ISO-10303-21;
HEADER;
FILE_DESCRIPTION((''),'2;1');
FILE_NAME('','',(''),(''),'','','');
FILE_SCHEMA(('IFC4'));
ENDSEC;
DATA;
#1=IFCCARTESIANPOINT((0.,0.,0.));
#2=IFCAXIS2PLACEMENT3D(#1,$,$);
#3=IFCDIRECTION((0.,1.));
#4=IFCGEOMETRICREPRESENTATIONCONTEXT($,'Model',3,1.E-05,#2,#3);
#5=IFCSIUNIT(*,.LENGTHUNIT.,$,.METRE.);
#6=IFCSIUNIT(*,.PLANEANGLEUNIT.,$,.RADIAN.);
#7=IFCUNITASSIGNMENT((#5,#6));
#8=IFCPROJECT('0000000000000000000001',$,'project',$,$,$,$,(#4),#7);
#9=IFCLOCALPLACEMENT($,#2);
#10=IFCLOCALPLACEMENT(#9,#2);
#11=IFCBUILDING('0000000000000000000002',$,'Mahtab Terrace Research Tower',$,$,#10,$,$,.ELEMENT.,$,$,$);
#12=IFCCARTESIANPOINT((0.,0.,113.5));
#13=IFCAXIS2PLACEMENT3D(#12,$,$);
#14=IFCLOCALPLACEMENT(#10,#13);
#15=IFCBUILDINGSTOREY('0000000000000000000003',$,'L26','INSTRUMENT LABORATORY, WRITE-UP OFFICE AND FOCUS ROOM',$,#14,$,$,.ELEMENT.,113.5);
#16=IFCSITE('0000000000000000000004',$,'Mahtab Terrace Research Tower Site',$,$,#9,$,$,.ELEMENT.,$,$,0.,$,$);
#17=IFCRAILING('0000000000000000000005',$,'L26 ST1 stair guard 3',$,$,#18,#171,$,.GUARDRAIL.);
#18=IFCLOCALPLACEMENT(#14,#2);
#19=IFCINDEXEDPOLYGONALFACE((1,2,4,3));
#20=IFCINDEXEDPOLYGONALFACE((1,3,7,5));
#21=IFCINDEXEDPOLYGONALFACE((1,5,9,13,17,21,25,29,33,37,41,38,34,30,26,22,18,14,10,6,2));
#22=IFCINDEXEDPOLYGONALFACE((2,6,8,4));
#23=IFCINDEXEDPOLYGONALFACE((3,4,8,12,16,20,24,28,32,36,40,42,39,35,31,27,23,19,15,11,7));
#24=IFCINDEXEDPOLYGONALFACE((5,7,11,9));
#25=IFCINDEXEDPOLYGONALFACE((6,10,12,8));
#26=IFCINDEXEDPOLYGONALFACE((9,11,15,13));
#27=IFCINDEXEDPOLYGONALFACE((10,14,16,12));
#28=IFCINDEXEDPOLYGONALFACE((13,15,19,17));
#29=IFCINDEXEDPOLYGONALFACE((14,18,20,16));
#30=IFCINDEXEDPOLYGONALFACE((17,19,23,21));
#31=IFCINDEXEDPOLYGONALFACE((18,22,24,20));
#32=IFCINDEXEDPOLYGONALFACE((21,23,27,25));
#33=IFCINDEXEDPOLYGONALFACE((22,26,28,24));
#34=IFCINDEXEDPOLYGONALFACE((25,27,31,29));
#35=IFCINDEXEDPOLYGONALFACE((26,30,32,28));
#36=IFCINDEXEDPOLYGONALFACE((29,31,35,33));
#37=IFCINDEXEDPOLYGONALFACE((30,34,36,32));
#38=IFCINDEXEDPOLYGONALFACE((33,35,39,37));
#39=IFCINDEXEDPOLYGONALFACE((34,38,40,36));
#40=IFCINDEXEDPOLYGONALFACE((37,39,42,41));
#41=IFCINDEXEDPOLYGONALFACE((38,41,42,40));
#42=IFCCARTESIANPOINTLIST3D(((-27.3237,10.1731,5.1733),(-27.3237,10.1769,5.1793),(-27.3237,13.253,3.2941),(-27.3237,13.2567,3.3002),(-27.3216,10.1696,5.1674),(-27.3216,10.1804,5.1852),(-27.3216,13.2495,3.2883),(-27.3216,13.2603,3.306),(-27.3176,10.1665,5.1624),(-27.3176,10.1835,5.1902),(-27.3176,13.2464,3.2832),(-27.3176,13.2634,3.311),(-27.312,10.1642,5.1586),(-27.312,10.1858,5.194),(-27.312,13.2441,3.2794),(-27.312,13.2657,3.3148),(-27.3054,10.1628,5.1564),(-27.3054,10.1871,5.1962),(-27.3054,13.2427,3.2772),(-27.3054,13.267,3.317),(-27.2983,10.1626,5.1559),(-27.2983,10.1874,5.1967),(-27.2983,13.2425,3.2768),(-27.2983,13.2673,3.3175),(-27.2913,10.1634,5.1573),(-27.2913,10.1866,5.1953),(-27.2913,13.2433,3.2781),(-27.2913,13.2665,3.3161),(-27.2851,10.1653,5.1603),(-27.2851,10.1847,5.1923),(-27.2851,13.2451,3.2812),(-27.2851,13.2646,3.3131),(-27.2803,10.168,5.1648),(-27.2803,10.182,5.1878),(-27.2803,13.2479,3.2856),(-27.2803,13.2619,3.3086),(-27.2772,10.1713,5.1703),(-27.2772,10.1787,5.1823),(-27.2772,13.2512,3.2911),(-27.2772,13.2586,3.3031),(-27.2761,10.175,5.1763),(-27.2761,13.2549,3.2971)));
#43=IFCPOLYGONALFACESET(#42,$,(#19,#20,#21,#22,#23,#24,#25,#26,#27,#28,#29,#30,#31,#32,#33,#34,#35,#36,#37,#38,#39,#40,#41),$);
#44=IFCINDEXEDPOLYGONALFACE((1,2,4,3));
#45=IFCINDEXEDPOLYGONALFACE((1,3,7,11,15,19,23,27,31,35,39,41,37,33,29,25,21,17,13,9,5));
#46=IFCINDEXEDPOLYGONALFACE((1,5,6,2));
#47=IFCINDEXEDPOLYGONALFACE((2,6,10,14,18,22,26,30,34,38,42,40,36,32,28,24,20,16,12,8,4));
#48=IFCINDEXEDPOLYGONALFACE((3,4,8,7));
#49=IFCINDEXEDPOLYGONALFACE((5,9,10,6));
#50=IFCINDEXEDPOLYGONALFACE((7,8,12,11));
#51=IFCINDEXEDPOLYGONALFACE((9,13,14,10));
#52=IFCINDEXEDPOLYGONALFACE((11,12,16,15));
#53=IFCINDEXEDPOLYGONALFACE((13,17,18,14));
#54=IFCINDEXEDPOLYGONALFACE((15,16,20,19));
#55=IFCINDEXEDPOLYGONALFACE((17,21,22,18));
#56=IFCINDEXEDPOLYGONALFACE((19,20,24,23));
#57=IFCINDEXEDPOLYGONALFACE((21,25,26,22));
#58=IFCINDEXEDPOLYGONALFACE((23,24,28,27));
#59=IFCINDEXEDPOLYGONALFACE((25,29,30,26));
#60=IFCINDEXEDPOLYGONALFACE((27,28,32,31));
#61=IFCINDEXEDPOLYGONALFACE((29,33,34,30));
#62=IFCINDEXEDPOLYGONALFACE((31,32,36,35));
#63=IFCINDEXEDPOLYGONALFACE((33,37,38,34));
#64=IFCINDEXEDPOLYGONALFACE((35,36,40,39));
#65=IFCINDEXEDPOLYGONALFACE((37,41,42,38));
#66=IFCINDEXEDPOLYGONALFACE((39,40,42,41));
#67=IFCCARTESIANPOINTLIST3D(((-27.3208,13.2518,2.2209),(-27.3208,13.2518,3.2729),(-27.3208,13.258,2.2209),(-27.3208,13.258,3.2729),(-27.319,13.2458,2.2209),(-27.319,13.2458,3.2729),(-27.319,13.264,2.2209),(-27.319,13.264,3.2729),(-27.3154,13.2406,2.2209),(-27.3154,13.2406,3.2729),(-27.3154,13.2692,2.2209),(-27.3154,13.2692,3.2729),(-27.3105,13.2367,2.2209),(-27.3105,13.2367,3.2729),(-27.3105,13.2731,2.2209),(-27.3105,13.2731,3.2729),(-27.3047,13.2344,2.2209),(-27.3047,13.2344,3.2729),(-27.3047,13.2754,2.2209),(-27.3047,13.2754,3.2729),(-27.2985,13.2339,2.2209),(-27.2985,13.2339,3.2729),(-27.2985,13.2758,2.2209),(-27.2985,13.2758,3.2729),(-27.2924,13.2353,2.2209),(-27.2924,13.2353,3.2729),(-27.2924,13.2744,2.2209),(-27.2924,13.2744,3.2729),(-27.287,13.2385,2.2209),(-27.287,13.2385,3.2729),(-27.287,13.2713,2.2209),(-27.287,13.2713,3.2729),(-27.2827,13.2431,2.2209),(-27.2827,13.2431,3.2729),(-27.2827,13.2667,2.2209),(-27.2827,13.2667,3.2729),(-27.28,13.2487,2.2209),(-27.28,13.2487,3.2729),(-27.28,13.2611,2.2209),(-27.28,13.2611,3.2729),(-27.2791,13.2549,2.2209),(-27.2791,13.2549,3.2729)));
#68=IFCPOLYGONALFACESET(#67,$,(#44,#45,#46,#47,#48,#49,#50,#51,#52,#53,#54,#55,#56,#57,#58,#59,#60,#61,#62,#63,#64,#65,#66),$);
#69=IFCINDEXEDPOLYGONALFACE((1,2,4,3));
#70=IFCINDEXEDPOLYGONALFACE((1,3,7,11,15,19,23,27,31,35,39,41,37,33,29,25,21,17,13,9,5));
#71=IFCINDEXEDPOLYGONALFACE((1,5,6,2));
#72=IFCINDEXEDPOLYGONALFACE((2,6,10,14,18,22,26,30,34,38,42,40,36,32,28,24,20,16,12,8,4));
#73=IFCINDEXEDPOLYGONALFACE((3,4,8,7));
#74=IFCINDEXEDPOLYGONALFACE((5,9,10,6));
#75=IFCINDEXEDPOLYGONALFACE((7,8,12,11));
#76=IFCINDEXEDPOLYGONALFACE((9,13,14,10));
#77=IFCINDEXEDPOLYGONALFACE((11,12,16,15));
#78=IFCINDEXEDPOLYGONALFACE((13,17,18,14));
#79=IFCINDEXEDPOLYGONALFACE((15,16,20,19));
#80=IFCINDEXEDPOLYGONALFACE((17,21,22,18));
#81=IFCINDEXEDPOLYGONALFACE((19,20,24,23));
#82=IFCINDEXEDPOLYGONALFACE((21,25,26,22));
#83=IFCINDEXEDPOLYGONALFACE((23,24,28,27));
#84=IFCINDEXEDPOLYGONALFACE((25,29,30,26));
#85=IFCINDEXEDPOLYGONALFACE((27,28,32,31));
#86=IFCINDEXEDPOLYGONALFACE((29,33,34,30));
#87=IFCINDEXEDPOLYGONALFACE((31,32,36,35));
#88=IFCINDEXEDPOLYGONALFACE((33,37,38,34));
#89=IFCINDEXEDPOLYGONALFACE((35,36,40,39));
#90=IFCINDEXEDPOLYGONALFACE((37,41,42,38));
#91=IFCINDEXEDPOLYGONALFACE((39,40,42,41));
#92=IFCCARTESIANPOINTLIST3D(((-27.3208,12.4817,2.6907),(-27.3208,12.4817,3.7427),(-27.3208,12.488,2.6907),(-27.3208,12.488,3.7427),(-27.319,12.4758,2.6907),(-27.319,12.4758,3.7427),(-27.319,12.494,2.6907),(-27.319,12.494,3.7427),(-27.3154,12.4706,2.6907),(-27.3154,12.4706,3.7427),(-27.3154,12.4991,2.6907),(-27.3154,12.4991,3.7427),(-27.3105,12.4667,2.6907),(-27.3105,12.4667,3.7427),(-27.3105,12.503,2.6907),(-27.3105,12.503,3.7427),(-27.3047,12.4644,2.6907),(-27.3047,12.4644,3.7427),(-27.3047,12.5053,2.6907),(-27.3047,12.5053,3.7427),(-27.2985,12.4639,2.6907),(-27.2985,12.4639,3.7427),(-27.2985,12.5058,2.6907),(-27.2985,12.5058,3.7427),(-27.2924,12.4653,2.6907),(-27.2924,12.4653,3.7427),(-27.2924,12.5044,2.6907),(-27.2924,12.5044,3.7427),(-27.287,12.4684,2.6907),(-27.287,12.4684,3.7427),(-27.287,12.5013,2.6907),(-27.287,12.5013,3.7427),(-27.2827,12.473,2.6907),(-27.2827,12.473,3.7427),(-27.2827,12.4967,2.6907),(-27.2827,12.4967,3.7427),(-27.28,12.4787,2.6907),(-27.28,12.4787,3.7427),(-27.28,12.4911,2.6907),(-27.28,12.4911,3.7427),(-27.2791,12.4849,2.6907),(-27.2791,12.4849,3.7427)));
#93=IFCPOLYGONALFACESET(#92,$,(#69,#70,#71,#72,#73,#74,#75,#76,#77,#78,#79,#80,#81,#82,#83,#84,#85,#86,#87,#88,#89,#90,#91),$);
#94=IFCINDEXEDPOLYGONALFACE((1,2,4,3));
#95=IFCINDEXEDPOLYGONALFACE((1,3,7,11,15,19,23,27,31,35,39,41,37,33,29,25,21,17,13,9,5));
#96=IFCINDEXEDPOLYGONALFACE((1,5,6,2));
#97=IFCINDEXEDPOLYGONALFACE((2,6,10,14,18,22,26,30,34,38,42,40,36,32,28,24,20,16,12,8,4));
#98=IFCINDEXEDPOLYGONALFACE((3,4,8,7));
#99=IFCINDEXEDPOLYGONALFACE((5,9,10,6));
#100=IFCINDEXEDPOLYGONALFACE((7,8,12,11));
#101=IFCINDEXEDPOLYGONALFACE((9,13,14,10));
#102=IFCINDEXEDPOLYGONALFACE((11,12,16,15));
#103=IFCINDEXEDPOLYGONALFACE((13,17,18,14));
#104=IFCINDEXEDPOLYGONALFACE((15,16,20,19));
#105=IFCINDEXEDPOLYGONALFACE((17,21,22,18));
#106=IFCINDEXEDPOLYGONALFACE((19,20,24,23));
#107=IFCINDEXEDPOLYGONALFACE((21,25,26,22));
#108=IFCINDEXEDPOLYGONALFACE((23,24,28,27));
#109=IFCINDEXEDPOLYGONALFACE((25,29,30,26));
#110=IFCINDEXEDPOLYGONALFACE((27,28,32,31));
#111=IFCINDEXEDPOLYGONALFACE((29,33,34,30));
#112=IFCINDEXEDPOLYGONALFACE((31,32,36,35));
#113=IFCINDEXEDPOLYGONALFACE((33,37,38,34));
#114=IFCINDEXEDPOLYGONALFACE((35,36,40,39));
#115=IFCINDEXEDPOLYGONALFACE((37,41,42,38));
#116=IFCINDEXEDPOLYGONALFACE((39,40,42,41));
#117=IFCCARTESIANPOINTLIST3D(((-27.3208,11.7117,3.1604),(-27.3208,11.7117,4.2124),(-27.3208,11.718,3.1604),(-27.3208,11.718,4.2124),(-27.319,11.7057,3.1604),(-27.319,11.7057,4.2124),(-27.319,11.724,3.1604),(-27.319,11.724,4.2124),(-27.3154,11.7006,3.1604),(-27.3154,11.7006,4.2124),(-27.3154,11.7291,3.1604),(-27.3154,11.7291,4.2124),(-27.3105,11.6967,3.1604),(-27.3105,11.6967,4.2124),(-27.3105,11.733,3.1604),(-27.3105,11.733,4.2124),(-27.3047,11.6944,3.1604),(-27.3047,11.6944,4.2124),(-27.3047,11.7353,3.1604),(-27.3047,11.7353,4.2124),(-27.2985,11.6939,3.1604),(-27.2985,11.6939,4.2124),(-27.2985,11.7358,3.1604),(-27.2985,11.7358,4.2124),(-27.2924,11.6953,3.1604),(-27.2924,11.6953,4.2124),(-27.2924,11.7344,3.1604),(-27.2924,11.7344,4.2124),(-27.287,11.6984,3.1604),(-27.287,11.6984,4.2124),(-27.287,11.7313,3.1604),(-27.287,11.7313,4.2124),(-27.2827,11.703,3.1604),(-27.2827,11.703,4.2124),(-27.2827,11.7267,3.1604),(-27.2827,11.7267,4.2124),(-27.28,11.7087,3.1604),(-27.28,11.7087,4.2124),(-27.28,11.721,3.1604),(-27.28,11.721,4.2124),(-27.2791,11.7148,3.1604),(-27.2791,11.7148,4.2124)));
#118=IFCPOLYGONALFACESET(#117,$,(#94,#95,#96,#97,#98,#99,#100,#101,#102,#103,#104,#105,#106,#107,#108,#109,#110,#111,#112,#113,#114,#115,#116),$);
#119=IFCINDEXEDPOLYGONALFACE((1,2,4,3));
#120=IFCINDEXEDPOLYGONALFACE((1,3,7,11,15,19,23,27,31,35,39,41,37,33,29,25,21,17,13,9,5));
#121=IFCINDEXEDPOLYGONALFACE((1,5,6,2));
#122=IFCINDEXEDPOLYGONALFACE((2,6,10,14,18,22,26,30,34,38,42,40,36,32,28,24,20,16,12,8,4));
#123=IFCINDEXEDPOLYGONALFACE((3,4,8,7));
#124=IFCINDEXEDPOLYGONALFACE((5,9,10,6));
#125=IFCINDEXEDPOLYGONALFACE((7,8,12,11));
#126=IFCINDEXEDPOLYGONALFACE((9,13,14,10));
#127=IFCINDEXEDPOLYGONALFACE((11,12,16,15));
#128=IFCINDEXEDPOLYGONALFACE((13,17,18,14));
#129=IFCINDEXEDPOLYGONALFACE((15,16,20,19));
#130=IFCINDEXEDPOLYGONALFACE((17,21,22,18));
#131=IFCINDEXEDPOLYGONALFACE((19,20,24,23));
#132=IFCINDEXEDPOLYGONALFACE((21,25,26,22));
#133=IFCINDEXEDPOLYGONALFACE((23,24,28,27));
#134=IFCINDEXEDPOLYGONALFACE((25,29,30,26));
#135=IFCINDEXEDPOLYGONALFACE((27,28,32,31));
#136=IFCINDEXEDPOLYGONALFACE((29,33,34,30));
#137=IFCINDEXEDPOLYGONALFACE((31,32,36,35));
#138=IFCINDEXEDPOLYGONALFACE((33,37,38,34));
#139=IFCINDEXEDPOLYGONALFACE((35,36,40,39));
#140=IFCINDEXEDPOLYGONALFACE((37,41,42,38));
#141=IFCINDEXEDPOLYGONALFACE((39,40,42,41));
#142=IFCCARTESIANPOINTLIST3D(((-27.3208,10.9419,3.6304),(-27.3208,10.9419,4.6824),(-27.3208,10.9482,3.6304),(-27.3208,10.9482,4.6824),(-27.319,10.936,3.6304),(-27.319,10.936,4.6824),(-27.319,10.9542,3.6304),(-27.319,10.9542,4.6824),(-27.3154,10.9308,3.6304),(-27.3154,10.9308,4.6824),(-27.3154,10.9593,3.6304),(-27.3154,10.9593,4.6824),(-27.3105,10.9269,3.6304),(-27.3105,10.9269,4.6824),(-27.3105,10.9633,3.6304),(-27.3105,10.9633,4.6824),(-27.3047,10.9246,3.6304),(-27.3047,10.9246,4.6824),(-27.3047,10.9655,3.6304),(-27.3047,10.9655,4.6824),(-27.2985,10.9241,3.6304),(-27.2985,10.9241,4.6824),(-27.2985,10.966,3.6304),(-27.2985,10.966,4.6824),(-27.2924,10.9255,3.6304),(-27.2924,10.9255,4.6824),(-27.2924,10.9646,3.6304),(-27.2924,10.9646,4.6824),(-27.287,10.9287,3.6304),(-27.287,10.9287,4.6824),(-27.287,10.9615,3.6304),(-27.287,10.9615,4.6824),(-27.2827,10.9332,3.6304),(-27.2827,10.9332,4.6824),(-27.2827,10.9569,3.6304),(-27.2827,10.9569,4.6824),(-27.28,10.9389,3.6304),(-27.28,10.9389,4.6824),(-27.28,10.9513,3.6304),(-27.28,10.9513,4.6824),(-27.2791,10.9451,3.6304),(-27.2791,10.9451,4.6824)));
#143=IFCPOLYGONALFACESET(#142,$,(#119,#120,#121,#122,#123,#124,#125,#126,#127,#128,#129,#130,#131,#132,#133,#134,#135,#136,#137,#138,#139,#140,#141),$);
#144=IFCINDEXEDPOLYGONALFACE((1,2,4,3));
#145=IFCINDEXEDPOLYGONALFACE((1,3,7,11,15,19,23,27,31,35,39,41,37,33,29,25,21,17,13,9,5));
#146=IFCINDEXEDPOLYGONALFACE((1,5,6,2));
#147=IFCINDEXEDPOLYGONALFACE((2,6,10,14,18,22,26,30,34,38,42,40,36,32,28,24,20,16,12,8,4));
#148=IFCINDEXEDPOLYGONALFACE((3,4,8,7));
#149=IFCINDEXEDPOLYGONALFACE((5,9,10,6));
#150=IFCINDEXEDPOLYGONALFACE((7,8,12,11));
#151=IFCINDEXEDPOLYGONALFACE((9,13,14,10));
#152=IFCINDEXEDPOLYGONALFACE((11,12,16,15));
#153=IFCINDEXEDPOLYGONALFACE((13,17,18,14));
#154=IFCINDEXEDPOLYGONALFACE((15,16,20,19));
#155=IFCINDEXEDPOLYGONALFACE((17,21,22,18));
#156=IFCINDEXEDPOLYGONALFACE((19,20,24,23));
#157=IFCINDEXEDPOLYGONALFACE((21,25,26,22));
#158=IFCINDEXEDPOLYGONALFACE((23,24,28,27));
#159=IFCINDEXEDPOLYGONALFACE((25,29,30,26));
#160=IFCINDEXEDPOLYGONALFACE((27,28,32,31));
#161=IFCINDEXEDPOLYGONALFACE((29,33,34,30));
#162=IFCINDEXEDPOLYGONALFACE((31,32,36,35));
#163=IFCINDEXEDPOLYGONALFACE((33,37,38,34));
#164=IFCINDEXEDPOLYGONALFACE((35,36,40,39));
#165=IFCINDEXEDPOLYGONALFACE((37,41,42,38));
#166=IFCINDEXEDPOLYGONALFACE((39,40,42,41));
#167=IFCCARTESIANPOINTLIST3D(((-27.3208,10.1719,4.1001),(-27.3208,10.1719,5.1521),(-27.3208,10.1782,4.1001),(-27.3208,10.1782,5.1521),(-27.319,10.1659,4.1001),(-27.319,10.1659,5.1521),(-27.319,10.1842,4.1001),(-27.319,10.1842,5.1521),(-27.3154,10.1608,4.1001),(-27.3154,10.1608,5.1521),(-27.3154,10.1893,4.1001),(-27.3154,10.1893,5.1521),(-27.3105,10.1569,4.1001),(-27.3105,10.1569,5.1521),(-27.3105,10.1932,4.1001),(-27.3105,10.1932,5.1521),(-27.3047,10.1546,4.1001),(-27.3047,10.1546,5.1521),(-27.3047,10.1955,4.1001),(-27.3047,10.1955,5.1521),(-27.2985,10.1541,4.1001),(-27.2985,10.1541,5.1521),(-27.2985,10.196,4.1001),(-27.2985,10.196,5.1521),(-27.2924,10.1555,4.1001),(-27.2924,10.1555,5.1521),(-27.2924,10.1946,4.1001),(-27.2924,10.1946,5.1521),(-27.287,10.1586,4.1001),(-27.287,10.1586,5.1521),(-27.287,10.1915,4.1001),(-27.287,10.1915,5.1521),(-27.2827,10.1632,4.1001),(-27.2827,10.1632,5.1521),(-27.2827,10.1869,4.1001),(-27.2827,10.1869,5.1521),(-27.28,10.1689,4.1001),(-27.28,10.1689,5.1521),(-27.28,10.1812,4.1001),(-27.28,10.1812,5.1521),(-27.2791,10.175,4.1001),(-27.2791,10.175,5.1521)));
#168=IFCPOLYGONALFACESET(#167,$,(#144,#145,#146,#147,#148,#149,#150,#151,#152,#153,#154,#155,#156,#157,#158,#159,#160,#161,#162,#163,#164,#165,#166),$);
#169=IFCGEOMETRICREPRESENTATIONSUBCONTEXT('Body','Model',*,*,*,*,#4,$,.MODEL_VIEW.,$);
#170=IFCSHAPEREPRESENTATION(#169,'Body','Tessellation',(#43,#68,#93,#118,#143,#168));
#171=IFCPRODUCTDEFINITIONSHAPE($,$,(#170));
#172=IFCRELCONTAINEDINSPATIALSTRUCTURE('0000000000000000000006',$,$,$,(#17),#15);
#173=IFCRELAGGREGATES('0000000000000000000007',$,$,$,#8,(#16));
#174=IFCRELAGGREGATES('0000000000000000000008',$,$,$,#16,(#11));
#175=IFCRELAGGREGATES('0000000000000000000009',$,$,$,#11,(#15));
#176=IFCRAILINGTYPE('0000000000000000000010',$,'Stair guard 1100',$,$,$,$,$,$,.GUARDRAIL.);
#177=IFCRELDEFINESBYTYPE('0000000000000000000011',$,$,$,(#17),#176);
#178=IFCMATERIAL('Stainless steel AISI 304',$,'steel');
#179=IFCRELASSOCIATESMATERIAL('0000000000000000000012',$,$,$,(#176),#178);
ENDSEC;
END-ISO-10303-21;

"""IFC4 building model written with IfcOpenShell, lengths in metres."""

from ifc_helpers import new_model, si_unit, direction, frame, origin, origin_2d, place, context, subcontext, project, spatial, circle, extrude, material, type_object, element, save


model = new_model("IFC4")

# Units and contexts
model_context = context("Model", 3, precision=1e-05, world=origin(), true_north=direction((0.0, 1.0)))
body_context = subcontext(model_context, "Body", "Model", "MODEL_VIEW")
ifc_project = project(units=[si_unit("LENGTHUNIT", "METRE"), si_unit("PLANEANGLEUNIT", "RADIAN")], contexts=[model_context])

# Site, building, storey
site_placement = place(None, origin())
site = spatial("IfcSite", under=ifc_project, at=site_placement, Name="Mahtab Terrace Research Tower Site", CompositionType="ELEMENT", RefElevation=0.0)
building_placement = place(site_placement, origin())
building = spatial("IfcBuilding", under=site, at=building_placement, Name="Mahtab Terrace Research Tower", CompositionType="ELEMENT")
storey_placement = place(building_placement, frame((0.0, 0.0, 113.5)))
storey = spatial("IfcBuildingStorey", under=building, at=storey_placement, Name="L26", Description="INSTRUMENT LABORATORY, WRITE-UP OFFICE AND FOCUS ROOM", CompositionType="ELEMENT", Elevation=113.5)

# Railing
ifc_material_1 = material(Name="Stainless steel AISI 304", Category="steel")
railing_type_1 = type_object("IfcRailingType", Name="Stair guard 1100", PredefinedType="GUARDRAIL", material=ifc_material_1)
railing_1_placement = place(storey_placement, frame((-27.3, 13.2549, 2.2209)))
element("IfcRailing", 1, at=railing_1_placement, inside=storey, type_object=railing_type_1, Name="L26 ST1 stair guard 3", PredefinedType="GUARDRAIL", context=body_context, shape_type="SweptSolid", body=[
    extrude(circle(Radius=0.0239, at=origin_2d()), frame((0.0, 0.0, 1.0762), z_axis=(0.0, -0.853648, 0.52085), x_axis=(1.0, 0.0, 0.0)), (0.0, 0.0, 1.0), 3.6079),
    extrude(circle(Radius=0.021, at=origin_2d()), origin(), (0.0, 0.0, 1.0), 1.052),
    extrude(circle(Radius=0.021, at=origin_2d()), frame((0.0, -0.77, 0.4697)), (0.0, 0.0, 1.0), 1.052),
    extrude(circle(Radius=0.021, at=origin_2d()), frame((0.0, -1.54, 0.9395)), (0.0, 0.0, 1.0), 1.052),
    extrude(circle(Radius=0.021, at=origin_2d()), frame((0.0, -2.3098, 1.4094)), (0.0, 0.0, 1.0), 1.052),
    extrude(circle(Radius=0.021, at=origin_2d()), frame((0.0, -3.0798, 1.8792)), (0.0, 0.0, 1.0), 1.052),
])

save(model, "model.ifc")
